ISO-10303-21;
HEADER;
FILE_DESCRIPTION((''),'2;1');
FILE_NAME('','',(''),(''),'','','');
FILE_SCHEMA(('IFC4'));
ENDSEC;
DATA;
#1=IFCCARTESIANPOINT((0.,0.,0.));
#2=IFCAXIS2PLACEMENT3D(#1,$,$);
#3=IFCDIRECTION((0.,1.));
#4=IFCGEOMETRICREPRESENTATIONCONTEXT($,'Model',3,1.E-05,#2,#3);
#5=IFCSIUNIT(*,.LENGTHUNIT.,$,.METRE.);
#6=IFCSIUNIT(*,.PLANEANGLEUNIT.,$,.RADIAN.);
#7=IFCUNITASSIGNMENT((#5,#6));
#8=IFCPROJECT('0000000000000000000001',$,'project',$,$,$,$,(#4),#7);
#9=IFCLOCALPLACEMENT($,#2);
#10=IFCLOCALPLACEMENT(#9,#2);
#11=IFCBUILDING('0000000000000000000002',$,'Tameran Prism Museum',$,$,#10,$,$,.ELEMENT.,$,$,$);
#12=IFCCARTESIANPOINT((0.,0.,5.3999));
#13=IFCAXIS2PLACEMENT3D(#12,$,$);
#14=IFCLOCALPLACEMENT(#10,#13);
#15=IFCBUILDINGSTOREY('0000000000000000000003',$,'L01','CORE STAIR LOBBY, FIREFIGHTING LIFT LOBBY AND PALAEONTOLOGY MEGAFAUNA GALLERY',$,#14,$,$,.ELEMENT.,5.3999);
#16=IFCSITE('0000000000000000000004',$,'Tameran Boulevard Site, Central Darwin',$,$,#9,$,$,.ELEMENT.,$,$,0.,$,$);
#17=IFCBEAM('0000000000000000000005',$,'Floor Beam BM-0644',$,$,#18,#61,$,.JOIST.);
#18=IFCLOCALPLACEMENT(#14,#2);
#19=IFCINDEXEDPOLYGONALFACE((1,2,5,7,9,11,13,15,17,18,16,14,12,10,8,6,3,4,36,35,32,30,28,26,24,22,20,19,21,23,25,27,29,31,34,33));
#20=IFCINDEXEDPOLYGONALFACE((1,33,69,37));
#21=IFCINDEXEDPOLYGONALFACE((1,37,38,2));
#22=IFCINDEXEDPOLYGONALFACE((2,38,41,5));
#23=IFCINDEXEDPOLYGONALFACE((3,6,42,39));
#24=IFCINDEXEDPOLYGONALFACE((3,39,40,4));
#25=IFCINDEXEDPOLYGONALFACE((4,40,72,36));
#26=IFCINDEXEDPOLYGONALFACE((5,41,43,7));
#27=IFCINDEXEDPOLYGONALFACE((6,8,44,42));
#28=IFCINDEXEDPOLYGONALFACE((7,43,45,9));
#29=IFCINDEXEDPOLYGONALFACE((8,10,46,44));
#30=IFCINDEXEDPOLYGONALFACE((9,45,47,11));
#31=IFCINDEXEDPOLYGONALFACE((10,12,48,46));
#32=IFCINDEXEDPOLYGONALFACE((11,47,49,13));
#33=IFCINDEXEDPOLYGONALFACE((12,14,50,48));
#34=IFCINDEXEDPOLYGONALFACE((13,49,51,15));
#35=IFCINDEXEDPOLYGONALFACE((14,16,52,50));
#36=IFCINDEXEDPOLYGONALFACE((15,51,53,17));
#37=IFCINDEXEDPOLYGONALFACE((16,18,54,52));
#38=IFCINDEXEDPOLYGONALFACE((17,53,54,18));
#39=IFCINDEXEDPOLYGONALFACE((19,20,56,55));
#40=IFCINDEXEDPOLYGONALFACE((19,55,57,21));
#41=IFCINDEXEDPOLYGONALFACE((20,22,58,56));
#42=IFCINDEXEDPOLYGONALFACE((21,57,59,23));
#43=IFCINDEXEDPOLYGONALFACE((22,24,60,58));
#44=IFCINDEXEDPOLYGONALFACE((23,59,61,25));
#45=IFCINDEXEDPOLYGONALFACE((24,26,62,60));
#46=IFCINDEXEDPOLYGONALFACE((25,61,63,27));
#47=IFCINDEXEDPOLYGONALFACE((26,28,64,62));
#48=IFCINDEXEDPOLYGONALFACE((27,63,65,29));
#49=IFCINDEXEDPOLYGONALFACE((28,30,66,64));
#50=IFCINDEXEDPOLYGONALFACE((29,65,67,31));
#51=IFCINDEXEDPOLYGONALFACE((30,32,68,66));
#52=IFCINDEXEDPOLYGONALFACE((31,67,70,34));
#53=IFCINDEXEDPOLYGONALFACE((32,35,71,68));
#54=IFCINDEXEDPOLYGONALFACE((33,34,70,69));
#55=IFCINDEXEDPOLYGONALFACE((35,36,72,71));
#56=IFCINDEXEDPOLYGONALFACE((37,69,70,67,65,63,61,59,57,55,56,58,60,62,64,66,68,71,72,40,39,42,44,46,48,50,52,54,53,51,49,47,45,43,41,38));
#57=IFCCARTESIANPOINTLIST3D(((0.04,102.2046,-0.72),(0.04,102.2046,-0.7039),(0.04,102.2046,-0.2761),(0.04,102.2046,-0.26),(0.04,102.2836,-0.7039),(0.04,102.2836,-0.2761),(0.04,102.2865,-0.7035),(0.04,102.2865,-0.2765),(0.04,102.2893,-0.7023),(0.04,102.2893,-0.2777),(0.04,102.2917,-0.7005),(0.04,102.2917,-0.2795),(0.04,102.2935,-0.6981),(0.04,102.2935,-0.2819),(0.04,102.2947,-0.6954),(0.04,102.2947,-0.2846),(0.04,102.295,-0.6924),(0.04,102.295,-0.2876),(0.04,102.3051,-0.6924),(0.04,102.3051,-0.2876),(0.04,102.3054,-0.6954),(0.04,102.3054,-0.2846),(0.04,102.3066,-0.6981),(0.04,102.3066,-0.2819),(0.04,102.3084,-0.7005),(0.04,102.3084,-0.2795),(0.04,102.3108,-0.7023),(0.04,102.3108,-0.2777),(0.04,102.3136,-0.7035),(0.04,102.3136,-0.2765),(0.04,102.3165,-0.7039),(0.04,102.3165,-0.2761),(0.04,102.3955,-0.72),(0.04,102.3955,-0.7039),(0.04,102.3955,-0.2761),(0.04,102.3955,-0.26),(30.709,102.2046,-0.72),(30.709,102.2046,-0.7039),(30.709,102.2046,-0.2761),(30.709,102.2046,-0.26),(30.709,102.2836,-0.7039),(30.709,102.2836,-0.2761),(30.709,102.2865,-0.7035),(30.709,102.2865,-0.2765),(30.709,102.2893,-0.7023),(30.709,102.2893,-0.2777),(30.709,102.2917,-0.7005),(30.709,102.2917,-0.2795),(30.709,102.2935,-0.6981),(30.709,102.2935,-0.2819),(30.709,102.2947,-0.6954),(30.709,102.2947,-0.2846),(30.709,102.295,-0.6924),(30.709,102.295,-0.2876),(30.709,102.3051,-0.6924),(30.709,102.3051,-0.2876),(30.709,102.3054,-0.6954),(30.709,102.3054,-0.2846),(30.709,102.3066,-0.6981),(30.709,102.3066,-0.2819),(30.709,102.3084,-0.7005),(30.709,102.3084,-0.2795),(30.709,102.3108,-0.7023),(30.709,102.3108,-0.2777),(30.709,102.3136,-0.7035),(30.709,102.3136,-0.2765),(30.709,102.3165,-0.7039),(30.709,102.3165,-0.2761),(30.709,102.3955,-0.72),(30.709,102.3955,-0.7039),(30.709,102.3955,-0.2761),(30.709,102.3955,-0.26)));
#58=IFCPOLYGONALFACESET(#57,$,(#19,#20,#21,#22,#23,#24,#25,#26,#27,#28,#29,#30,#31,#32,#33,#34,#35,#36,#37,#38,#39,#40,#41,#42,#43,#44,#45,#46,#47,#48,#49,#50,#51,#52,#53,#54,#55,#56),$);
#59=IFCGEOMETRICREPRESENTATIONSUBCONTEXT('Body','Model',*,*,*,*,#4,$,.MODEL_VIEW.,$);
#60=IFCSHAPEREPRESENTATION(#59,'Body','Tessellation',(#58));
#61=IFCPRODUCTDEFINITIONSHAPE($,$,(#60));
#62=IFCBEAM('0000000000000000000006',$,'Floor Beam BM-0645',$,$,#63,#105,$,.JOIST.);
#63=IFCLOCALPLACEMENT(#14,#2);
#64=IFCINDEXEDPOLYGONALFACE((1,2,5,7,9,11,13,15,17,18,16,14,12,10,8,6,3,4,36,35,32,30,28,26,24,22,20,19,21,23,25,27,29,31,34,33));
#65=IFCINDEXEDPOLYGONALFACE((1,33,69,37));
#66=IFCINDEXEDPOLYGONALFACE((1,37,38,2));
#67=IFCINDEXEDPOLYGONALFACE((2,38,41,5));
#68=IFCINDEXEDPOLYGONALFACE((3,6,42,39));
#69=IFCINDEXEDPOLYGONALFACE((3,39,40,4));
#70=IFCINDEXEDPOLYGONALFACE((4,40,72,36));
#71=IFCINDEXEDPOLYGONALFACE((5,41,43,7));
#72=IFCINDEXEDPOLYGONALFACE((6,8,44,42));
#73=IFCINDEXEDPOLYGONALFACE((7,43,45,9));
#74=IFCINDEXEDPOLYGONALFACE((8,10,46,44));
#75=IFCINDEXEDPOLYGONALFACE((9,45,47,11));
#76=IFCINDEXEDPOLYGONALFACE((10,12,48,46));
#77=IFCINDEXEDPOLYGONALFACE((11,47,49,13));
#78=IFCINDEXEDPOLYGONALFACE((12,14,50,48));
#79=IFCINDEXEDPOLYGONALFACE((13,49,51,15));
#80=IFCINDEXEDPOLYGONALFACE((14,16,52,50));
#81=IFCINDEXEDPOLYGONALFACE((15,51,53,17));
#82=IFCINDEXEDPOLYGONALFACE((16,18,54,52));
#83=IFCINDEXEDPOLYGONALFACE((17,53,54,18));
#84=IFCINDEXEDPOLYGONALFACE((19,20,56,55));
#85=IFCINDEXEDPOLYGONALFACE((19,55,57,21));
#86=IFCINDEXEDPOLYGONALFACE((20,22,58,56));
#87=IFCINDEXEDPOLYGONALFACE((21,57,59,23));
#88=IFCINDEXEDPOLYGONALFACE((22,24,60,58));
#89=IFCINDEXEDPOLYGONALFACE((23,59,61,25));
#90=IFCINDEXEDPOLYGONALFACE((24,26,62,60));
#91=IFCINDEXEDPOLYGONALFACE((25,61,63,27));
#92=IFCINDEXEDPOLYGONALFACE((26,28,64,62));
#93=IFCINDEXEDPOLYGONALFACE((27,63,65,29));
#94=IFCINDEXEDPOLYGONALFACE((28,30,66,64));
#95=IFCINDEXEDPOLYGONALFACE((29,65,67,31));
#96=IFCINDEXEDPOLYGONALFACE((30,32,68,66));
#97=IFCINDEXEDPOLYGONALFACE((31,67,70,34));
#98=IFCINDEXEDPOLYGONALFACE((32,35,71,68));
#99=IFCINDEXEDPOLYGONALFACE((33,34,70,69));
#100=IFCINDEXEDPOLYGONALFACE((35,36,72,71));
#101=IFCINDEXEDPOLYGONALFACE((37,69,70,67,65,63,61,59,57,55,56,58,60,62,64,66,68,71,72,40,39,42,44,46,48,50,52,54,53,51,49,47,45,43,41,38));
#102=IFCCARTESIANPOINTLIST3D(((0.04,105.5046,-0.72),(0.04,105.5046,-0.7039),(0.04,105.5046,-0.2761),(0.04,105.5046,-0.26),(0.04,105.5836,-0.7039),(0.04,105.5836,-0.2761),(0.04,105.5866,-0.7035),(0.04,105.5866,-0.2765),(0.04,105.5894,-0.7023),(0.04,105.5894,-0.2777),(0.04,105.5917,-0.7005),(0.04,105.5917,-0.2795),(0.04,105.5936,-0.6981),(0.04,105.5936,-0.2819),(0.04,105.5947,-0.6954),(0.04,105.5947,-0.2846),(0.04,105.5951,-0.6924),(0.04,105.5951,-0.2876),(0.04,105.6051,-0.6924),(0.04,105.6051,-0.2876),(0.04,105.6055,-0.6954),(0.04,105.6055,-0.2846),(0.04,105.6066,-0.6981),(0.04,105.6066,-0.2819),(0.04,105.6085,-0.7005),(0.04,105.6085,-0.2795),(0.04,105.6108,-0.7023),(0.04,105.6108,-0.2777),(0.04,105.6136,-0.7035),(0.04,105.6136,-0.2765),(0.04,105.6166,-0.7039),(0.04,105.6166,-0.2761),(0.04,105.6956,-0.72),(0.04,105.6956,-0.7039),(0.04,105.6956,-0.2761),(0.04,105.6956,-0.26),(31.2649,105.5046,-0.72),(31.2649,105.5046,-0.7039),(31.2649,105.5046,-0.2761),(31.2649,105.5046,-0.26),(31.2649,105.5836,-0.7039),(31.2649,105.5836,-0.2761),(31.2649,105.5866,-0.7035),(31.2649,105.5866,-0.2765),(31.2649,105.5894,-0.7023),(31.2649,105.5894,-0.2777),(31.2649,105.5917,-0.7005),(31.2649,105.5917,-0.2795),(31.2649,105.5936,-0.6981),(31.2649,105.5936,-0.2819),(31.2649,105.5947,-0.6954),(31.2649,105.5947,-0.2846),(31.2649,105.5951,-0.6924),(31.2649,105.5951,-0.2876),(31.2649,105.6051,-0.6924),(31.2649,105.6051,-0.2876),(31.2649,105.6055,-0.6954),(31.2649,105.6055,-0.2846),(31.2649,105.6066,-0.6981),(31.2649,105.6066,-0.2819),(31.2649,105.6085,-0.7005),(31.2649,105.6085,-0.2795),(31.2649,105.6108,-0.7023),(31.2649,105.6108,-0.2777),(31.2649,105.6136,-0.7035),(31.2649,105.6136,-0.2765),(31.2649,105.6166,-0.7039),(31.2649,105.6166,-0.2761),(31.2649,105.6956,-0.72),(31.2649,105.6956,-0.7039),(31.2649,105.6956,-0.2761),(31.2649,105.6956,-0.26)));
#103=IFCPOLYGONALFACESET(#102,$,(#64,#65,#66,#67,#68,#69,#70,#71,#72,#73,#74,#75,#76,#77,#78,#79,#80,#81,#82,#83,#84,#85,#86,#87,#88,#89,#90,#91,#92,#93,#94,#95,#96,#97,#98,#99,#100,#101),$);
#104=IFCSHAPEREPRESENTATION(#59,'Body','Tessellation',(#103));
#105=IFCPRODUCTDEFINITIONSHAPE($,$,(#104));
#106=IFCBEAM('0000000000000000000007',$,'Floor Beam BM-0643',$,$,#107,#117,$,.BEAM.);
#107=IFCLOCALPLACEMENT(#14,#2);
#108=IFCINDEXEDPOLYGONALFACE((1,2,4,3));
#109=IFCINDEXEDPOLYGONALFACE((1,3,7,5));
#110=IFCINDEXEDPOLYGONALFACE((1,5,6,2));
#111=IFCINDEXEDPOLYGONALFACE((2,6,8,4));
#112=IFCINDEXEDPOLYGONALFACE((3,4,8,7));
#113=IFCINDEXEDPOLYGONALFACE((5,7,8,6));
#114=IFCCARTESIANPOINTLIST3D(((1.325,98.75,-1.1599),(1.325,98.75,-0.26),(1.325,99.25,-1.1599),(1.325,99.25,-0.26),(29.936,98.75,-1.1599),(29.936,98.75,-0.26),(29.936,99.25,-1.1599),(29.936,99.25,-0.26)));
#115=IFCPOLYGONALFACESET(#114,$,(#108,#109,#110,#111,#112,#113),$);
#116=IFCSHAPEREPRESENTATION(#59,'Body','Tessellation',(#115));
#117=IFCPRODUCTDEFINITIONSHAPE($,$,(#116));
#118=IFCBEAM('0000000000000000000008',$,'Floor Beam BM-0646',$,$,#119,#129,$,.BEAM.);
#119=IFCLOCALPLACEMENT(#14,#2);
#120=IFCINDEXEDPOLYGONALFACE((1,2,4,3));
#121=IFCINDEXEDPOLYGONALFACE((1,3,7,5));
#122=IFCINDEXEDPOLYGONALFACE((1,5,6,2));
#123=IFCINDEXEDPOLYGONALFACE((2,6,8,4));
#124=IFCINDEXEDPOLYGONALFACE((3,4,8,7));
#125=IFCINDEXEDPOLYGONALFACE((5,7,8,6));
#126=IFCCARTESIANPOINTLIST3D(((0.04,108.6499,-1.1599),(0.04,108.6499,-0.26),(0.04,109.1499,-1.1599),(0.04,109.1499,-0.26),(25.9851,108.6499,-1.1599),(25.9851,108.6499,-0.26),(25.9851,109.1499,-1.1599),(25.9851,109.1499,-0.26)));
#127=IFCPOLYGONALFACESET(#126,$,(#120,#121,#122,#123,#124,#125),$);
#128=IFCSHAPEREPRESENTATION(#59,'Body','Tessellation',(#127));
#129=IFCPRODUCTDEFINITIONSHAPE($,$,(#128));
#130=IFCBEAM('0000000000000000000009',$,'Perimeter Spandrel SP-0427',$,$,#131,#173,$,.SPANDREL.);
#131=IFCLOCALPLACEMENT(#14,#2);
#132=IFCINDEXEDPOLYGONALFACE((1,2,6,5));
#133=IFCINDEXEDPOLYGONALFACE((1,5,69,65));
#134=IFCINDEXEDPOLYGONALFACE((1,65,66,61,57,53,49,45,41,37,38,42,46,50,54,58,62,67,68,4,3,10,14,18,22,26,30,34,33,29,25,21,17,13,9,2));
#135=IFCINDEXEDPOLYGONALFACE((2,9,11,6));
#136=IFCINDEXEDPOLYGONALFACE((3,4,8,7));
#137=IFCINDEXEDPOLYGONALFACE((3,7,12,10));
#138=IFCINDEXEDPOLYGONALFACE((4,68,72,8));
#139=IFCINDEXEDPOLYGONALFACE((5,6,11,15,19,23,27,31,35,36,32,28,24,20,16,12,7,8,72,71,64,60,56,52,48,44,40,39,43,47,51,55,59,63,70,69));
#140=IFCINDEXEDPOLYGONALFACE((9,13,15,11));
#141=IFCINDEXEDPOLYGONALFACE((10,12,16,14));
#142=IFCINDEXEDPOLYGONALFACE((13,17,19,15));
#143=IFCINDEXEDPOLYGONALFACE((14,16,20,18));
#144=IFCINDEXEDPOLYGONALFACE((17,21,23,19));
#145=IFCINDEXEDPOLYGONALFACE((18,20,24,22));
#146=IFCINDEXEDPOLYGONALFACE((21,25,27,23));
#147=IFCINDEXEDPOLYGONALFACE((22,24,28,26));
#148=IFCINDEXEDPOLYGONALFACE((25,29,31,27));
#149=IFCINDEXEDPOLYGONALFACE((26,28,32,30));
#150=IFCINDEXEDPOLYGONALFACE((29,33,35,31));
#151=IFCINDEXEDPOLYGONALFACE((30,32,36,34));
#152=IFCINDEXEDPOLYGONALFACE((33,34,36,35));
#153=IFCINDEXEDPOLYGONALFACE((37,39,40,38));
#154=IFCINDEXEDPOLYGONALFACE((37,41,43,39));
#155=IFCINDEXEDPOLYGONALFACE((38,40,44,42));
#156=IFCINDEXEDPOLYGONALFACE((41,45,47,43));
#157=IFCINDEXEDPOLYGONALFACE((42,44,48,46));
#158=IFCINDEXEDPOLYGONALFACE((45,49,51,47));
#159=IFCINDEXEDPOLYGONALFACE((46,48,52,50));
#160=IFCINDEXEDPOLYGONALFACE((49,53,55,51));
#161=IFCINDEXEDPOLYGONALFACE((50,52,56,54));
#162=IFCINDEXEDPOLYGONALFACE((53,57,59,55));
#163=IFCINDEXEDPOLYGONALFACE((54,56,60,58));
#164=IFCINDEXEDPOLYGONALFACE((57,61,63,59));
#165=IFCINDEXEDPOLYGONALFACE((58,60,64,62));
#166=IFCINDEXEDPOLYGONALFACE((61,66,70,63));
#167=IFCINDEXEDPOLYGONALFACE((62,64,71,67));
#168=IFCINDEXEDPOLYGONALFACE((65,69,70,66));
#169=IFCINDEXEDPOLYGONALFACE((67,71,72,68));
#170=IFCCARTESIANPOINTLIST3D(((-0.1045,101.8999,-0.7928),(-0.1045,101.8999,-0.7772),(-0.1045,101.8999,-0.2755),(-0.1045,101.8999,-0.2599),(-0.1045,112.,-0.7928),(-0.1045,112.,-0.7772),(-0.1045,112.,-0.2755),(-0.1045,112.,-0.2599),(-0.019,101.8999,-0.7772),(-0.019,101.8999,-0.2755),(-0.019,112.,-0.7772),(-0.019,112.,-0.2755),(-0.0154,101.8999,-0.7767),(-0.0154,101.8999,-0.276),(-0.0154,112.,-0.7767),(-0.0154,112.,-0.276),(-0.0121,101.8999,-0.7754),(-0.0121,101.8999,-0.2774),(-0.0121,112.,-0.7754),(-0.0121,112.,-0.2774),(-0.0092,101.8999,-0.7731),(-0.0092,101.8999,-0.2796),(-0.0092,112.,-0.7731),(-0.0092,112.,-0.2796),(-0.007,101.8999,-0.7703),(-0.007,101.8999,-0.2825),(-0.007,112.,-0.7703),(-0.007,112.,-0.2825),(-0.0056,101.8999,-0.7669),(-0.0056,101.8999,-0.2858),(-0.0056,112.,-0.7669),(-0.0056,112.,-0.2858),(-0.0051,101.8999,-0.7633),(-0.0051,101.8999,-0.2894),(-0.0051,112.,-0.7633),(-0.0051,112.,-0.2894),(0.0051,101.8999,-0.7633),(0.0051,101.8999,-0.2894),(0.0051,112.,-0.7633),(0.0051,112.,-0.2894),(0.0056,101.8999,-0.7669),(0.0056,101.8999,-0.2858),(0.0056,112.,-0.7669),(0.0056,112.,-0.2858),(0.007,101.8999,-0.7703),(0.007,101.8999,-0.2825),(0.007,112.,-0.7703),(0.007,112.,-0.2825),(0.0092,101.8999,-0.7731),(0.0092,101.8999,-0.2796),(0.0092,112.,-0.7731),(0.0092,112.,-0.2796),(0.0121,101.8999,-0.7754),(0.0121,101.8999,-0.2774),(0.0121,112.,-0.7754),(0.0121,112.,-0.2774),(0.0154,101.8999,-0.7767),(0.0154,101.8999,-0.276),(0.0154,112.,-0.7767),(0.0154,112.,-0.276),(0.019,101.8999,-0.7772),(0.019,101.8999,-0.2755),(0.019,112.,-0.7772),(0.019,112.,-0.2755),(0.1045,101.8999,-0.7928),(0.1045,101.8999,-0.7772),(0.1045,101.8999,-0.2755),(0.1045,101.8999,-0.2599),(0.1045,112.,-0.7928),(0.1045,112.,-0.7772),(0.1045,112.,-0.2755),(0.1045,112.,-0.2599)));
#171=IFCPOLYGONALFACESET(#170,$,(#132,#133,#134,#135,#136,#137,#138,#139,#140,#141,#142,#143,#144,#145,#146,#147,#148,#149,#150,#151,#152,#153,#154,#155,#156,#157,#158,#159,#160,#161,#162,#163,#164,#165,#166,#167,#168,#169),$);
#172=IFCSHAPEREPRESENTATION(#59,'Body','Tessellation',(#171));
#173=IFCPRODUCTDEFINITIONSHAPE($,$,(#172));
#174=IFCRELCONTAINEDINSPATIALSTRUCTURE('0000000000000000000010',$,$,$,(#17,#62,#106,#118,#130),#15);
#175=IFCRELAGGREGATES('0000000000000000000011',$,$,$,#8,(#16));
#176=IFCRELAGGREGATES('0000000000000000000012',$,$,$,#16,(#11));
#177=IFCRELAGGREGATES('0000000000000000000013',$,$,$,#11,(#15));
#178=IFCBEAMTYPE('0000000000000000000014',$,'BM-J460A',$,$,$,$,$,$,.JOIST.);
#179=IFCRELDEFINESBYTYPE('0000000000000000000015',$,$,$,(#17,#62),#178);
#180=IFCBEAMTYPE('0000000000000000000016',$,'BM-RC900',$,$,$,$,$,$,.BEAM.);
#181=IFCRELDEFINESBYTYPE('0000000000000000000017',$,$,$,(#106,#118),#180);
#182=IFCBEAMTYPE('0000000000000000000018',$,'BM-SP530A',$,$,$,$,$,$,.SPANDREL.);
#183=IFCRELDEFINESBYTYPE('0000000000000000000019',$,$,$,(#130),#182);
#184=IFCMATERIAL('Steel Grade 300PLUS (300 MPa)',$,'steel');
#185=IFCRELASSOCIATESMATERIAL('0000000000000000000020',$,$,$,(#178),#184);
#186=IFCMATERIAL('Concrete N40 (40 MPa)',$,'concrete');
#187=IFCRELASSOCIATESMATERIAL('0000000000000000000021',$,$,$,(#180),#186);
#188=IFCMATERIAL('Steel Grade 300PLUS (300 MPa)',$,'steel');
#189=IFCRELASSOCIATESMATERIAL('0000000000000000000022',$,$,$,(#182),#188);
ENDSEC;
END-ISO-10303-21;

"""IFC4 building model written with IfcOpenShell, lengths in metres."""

from ifc_helpers import new_model, si_unit, direction, frame, origin, origin_2d, place, context, subcontext, project, spatial, rectangle, i_section, extrude, material, material_profile, profile_set, type_object, element, save


model = new_model("IFC4")

# Units and contexts
model_context = context("Model", 3, precision=1e-05, world=origin(), true_north=direction((0.0, 1.0)))
body_context = subcontext(model_context, "Body", "Model", "MODEL_VIEW")
ifc_project = project(units=[si_unit("LENGTHUNIT", "METRE"), si_unit("PLANEANGLEUNIT", "RADIAN")], contexts=[model_context])

# Site, building, storey
site_placement = place(None, origin())
site = spatial("IfcSite", under=ifc_project, at=site_placement, Name="Tameran Boulevard Site, Central Darwin", CompositionType="ELEMENT", RefElevation=0.0)
building_placement = place(site_placement, origin())
building = spatial("IfcBuilding", under=site, at=building_placement, Name="Tameran Prism Museum", CompositionType="ELEMENT")
storey_placement = place(building_placement, frame((0.0, 0.0, 5.3999)))
storey = spatial("IfcBuildingStorey", under=building, at=storey_placement, Name="L01", Description="CORE STAIR LOBBY, FIREFIGHTING LIFT LOBBY AND PALAEONTOLOGY MEGAFAUNA GALLERY", CompositionType="ELEMENT", Elevation=5.3999)

# Beams
ifc_material_1 = material(Name="Steel Grade 300PLUS (300 MPa)", Category="steel")
ifc_material_profile_1 = material_profile(ifc_material_1, i_section(OverallWidth=0.1909, OverallDepth=0.46, WebThickness=0.01, FlangeThickness=0.0161, FilletRadius=0.0115, at=origin_2d()))
ifc_profile_set_1 = profile_set([ifc_material_profile_1])
beam_type_1 = type_object("IfcBeamType", Name="BM-J460A", PredefinedType="JOIST", material=ifc_profile_set_1)
beam_1_placement = place(storey_placement, frame((0.04, 102.3, -0.49), z_axis=(1.0, 0.0, 0.0), x_axis=(0.0, 1.0, 0.0)))
element("IfcBeam", 1, at=beam_1_placement, inside=storey, type_object=beam_type_1, Name="Floor Beam BM-0644", PredefinedType="JOIST", context=body_context, shape_type="SweptSolid", body=[
    extrude(i_section(OverallWidth=0.1909, OverallDepth=0.46, WebThickness=0.01, FlangeThickness=0.0161, FilletRadius=0.0115, at=origin_2d()), origin(), (0.0, 0.0, 1.0), 30.6689),
])
beam_2_placement = place(storey_placement, frame((0.04, 105.6001, -0.49), z_axis=(1.0, 0.0, 0.0), x_axis=(0.0, 1.0, 0.0)))
element("IfcBeam", 2, at=beam_2_placement, inside=storey, type_object=beam_type_1, Name="Floor Beam BM-0645", PredefinedType="JOIST", context=body_context, shape_type="SweptSolid", body=[
    extrude(i_section(OverallWidth=0.1909, OverallDepth=0.46, WebThickness=0.01, FlangeThickness=0.0161, FilletRadius=0.0115, at=origin_2d()), origin(), (0.0, 0.0, 1.0), 31.2249),
])
ifc_material_2 = material(Name="Concrete N40 (40 MPa)", Category="concrete")
ifc_material_profile_2 = material_profile(ifc_material_2, rectangle(XDim=0.5, YDim=0.8999, at=origin_2d()))
ifc_profile_set_2 = profile_set([ifc_material_profile_2])
beam_type_2 = type_object("IfcBeamType", Name="BM-RC900", PredefinedType="BEAM", material=ifc_profile_set_2)
beam_3_placement = place(storey_placement, frame((1.325, 99.0, -0.71), z_axis=(1.0, 0.0, 0.0), x_axis=(0.0, 1.0, 0.0)))
element("IfcBeam", 3, at=beam_3_placement, inside=storey, type_object=beam_type_2, Name="Floor Beam BM-0643", PredefinedType="BEAM", context=body_context, shape_type="SweptSolid", body=[
    extrude(rectangle(XDim=0.5, YDim=0.8999, at=origin_2d()), origin(), (0.0, 0.0, 1.0), 28.6111),
])
beam_4_placement = place(storey_placement, frame((0.04, 108.8999, -0.71), z_axis=(1.0, 0.0, 0.0), x_axis=(0.0, 1.0, 0.0)))
element("IfcBeam", 4, at=beam_4_placement, inside=storey, type_object=beam_type_2, Name="Floor Beam BM-0646", PredefinedType="BEAM", context=body_context, shape_type="SweptSolid", body=[
    extrude(rectangle(XDim=0.5, YDim=0.8999, at=origin_2d()), origin(), (0.0, 0.0, 1.0), 25.9451),
])
ifc_material_3 = material(Name="Steel Grade 300PLUS (300 MPa)", Category="steel")
ifc_material_profile_3 = material_profile(ifc_material_3, i_section(OverallWidth=0.209, OverallDepth=0.533, WebThickness=0.0103, FlangeThickness=0.0156, FilletRadius=0.0139, at=origin_2d()))
ifc_profile_set_3 = profile_set([ifc_material_profile_3])
beam_type_3 = type_object("IfcBeamType", Name="BM-SP530A", PredefinedType="SPANDREL", material=ifc_profile_set_3)
beam_5_placement = place(storey_placement, frame((0.0, 112.0, -0.5264), z_axis=(0.0, -1.0, 0.0), x_axis=(1.0, 0.0, 0.0)))
element("IfcBeam", 5, at=beam_5_placement, inside=storey, type_object=beam_type_3, Name="Perimeter Spandrel SP-0427", PredefinedType="SPANDREL", context=body_context, shape_type="SweptSolid", body=[
    extrude(i_section(OverallWidth=0.209, OverallDepth=0.533, WebThickness=0.0103, FlangeThickness=0.0156, FilletRadius=0.0139, at=origin_2d()), origin(), (0.0, 0.0, 1.0), 10.1001),
])

save(model, "model.ifc")
